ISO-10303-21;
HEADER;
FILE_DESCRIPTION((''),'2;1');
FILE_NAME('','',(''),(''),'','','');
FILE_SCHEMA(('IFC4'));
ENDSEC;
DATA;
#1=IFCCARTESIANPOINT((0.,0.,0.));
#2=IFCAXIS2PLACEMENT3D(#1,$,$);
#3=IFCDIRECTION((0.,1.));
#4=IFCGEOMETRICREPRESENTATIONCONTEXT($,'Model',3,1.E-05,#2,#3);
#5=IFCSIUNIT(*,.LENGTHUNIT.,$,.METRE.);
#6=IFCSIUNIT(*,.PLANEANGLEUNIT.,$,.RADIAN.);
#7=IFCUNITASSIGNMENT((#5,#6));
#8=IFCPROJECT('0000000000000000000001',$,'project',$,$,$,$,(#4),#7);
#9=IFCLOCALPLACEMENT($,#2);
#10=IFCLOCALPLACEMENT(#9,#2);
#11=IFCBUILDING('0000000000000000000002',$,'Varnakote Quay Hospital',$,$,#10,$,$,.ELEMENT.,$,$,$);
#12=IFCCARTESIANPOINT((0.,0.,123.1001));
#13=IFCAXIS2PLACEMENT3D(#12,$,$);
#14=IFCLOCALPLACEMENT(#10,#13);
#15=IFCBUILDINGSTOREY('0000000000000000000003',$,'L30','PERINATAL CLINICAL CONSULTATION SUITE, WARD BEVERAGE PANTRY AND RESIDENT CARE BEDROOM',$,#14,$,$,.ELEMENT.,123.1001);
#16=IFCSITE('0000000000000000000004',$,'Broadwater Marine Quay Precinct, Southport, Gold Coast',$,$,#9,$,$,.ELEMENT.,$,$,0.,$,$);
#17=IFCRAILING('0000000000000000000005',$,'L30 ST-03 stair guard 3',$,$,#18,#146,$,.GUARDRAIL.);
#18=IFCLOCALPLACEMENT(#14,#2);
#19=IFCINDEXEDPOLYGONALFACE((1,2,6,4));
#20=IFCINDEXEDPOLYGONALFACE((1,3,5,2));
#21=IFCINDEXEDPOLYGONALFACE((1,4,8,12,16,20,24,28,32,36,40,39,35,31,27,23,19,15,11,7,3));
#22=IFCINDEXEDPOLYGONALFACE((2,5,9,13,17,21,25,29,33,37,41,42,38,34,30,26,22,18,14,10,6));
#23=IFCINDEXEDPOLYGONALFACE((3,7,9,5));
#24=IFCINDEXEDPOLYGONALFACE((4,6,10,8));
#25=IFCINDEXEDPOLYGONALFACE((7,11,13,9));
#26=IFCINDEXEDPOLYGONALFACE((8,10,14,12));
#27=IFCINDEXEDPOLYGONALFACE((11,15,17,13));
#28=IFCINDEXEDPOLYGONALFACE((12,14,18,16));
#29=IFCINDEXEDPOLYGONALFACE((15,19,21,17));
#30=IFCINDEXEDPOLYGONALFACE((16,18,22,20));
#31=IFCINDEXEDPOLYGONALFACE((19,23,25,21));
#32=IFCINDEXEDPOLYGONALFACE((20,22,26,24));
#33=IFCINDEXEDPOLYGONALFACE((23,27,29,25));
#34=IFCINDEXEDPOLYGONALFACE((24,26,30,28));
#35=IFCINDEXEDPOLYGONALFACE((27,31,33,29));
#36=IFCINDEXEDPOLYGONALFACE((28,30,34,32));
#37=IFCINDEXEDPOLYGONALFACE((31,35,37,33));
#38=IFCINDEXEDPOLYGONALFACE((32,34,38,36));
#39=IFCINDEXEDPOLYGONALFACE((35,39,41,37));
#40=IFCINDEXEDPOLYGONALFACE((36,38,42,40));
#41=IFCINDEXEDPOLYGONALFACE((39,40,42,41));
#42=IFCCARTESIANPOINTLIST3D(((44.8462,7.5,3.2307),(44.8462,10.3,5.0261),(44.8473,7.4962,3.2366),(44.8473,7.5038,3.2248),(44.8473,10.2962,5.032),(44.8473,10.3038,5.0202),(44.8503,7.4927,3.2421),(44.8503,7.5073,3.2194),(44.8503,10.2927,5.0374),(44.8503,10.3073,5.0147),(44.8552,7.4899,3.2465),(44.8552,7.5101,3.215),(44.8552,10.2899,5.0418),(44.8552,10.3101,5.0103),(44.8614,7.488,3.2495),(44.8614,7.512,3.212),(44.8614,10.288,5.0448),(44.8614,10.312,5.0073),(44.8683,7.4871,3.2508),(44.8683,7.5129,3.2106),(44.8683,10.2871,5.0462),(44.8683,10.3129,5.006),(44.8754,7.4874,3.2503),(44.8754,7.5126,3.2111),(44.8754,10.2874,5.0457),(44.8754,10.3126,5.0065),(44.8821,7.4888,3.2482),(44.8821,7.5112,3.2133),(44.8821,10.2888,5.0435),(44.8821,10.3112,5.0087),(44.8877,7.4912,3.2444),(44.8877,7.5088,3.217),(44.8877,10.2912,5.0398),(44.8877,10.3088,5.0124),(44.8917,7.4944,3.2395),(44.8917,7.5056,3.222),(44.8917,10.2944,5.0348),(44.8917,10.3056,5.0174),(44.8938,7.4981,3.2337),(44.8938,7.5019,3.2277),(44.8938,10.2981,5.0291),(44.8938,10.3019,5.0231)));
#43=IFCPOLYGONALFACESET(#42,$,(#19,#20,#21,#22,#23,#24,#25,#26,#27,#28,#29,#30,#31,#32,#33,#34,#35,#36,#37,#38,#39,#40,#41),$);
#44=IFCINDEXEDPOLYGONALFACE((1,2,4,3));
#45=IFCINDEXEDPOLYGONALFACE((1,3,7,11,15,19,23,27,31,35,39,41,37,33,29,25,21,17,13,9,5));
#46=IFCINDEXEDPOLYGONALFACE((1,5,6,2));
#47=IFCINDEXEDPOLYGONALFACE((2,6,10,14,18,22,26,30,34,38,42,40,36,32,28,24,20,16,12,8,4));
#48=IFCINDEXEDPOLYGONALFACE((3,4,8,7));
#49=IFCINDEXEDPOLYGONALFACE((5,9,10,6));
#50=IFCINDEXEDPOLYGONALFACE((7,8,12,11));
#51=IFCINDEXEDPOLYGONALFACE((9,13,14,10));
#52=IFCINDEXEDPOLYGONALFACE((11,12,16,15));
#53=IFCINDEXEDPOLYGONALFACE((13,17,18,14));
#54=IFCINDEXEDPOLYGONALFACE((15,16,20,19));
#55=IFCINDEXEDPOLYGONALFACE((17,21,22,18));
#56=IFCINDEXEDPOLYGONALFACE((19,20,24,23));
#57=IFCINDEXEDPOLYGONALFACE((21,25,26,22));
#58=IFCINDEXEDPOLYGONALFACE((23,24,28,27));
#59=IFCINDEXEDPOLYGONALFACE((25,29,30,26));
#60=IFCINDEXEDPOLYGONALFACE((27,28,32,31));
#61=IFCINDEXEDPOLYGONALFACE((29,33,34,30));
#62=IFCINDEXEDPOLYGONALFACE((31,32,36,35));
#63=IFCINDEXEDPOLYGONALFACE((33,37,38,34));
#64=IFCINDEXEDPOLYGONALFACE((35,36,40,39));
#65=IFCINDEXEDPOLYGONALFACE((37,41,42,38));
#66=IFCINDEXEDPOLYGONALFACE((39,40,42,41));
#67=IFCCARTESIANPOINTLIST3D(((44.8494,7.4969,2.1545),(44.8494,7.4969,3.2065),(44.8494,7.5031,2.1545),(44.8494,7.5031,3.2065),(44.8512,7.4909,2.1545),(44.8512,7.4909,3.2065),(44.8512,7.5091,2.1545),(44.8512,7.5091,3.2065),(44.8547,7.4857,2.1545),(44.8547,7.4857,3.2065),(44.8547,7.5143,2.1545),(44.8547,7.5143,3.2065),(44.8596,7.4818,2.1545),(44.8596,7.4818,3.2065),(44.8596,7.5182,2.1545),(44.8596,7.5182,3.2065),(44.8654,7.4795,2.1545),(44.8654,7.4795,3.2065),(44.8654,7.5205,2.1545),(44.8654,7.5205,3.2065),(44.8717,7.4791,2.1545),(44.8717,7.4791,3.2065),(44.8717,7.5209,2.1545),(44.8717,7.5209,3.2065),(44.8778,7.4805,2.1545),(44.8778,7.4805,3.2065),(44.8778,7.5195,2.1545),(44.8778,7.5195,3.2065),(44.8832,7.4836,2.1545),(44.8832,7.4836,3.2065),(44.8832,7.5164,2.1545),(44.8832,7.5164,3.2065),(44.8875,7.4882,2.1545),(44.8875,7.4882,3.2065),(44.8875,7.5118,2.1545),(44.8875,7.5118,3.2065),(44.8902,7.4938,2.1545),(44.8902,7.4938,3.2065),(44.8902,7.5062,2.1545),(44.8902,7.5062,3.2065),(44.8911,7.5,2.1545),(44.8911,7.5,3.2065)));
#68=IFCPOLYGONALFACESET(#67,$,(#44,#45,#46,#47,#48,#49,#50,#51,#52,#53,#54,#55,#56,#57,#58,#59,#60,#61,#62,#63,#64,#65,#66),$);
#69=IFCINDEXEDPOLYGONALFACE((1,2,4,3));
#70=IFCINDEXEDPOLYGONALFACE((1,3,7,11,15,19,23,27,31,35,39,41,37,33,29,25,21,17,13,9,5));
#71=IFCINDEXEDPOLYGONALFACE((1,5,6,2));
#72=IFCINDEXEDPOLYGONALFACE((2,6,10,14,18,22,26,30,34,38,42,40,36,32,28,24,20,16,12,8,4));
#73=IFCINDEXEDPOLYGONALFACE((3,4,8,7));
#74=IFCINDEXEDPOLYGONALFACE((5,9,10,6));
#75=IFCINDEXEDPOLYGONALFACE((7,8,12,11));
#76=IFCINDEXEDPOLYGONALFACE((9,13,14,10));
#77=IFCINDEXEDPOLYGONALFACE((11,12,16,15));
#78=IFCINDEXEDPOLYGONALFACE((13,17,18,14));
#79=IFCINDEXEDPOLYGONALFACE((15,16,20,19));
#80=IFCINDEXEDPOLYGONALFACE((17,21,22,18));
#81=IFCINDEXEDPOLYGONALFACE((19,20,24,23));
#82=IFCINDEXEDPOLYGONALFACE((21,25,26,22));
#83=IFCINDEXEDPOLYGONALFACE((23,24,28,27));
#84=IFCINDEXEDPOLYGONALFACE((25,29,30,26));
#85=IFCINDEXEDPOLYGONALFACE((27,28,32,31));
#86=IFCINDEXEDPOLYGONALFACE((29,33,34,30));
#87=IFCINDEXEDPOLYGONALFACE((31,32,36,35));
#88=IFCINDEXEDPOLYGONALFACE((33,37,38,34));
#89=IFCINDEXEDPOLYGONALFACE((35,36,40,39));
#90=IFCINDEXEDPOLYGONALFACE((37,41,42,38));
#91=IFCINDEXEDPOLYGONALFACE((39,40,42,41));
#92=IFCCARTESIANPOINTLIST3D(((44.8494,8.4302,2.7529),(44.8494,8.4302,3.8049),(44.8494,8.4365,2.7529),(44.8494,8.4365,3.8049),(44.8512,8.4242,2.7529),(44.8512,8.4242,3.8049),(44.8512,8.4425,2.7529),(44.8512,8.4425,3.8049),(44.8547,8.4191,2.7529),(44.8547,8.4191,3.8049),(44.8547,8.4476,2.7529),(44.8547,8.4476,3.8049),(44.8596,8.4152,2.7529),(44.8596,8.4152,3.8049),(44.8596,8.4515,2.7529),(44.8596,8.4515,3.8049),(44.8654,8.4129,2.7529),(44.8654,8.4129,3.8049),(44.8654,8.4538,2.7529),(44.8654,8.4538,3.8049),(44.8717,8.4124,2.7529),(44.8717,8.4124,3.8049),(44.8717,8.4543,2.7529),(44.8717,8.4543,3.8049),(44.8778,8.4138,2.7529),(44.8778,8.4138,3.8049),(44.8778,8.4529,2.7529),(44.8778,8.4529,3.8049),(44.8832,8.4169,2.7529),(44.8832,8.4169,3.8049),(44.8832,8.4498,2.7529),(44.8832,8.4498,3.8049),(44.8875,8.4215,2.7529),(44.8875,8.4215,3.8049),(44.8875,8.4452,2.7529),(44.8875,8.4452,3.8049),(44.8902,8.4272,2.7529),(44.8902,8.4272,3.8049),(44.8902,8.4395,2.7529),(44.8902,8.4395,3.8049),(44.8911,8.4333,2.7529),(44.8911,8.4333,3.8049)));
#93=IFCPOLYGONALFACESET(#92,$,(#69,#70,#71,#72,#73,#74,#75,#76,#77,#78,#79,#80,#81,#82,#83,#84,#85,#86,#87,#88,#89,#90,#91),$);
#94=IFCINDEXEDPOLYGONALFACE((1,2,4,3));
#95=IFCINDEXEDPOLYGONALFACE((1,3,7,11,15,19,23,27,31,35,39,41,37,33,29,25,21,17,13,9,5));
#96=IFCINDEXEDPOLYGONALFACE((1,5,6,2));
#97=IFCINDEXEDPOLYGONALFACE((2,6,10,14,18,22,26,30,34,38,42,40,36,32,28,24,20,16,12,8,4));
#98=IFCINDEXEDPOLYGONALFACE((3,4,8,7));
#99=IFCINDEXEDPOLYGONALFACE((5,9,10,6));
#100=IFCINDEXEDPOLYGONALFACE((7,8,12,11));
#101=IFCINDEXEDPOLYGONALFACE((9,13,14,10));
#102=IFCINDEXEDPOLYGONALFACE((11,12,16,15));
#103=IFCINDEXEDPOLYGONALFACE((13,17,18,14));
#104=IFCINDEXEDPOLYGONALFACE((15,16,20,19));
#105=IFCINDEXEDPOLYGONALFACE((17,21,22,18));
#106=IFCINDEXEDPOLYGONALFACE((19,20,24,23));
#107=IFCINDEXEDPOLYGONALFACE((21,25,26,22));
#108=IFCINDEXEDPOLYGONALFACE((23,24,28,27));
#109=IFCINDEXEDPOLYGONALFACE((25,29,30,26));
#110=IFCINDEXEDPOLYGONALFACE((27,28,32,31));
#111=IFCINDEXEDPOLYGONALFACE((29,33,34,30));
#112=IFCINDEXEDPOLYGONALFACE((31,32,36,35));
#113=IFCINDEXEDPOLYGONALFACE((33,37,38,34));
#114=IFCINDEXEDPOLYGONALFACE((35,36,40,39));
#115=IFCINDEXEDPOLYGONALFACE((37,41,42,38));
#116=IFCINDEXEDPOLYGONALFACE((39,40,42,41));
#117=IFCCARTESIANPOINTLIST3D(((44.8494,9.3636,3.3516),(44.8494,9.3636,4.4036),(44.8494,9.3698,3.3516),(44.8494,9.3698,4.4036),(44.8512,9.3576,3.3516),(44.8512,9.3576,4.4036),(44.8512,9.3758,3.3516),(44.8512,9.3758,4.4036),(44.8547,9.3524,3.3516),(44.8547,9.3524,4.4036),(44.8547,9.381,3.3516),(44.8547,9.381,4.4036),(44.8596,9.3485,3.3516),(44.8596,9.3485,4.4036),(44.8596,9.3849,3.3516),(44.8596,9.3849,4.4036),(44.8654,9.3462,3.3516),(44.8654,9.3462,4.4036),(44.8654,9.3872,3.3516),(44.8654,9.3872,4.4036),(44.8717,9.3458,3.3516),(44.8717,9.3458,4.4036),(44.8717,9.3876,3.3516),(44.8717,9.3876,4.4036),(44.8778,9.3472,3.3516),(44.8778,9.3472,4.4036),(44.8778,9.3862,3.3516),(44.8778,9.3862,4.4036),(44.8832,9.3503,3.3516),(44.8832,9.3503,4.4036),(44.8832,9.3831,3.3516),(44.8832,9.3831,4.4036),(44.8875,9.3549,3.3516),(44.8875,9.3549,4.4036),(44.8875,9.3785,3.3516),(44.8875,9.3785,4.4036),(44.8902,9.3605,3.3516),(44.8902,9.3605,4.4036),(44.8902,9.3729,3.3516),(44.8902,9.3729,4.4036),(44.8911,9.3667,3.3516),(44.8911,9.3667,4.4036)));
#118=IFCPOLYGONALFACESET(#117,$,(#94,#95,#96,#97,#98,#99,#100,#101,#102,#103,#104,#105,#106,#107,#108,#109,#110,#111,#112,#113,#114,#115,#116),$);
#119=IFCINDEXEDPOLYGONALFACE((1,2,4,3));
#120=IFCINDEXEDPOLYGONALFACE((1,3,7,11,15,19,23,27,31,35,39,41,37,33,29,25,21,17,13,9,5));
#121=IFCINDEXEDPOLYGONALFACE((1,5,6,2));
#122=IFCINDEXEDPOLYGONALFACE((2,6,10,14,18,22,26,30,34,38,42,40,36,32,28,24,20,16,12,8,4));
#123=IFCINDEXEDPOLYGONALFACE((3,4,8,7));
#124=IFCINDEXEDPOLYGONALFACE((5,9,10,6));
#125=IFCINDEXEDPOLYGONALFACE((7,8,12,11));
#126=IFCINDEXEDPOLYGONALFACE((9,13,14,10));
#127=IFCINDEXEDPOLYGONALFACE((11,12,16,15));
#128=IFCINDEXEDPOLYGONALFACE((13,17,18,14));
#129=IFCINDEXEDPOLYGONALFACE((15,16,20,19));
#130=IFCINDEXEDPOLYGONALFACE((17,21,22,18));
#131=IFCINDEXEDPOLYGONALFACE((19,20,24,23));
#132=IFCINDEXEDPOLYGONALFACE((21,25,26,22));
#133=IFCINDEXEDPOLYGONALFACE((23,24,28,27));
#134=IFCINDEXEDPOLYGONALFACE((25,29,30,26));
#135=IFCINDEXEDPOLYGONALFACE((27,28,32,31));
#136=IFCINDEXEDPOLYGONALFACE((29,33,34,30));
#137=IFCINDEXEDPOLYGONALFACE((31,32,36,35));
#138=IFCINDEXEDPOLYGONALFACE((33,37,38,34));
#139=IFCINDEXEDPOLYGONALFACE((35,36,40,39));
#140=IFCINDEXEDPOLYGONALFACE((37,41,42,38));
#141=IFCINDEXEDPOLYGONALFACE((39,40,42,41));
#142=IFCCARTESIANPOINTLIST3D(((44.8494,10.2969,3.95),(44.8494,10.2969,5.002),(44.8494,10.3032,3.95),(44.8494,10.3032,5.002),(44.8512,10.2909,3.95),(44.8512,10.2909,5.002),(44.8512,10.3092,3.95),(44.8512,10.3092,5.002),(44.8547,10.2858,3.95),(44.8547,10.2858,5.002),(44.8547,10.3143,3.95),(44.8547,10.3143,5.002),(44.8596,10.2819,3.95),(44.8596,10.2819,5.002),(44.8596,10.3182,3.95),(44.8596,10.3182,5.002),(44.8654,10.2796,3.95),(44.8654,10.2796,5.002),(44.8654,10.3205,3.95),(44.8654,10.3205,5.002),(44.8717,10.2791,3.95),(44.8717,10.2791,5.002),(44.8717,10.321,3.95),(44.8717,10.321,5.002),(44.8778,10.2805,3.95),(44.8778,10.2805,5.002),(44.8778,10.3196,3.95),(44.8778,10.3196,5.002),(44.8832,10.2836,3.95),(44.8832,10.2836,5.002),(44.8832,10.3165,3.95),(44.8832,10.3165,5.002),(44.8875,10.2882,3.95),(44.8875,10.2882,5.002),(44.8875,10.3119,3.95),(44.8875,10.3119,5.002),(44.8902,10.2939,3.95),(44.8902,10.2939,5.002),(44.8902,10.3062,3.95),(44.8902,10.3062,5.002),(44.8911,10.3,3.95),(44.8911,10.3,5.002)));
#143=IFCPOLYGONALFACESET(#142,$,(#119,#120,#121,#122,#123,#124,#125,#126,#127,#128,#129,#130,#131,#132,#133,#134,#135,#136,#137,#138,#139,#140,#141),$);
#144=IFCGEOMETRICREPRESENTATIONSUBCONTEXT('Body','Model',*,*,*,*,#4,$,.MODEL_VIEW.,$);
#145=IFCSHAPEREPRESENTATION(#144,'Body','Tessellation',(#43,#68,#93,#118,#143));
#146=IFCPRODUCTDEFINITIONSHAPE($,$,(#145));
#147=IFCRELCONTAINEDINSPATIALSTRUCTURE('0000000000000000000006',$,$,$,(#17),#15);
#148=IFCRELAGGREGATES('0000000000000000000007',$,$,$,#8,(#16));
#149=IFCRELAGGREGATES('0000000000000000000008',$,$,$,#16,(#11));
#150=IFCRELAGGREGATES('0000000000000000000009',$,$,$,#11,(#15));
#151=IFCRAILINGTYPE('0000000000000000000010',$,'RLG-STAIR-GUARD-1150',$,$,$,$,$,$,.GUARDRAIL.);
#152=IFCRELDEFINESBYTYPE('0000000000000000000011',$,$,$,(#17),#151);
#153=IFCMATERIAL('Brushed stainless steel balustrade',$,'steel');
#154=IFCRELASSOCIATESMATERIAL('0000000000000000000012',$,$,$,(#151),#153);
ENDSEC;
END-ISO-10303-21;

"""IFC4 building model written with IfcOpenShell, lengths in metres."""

from ifc_helpers import new_model, si_unit, direction, frame, origin, origin_2d, place, context, subcontext, project, spatial, circle, extrude, material, type_object, element, save


model = new_model("IFC4")

# Units and contexts
model_context = context("Model", 3, precision=1e-05, world=origin(), true_north=direction((0.0, 1.0)))
body_context = subcontext(model_context, "Body", "Model", "MODEL_VIEW")
ifc_project = project(units=[si_unit("LENGTHUNIT", "METRE"), si_unit("PLANEANGLEUNIT", "RADIAN")], contexts=[model_context])

# Site, building, storey
site_placement = place(None, origin())
site = spatial("IfcSite", under=ifc_project, at=site_placement, Name="Broadwater Marine Quay Precinct, Southport, Gold Coast", CompositionType="ELEMENT", RefElevation=0.0)
building_placement = place(site_placement, origin())
building = spatial("IfcBuilding", under=site, at=building_placement, Name="Varnakote Quay Hospital", CompositionType="ELEMENT")
storey_placement = place(building_placement, frame((0.0, 0.0, 123.1001)))
storey = spatial("IfcBuildingStorey", under=building, at=storey_placement, Name="L30", Description="PERINATAL CLINICAL CONSULTATION SUITE, WARD BEVERAGE PANTRY AND RESIDENT CARE BEDROOM", CompositionType="ELEMENT", Elevation=123.1001)

# Railing
ifc_material_1 = material(Name="Brushed stainless steel balustrade", Category="steel")
railing_type_1 = type_object("IfcRailingType", Name="RLG-STAIR-GUARD-1150", PredefinedType="GUARDRAIL", material=ifc_material_1)
railing_1_placement = place(storey_placement, frame((44.8701, 7.5, 2.1545)))
element("IfcRailing", 1, at=railing_1_placement, inside=storey, type_object=railing_type_1, Name="L30 ST-03 stair guard 3", PredefinedType="GUARDRAIL", context=body_context, shape_type="SweptSolid", body=[
    extrude(circle(Radius=0.0239, at=origin_2d()), frame((0.0, 0.0, 1.0762), z_axis=(0.0, 0.84181, 0.539774), x_axis=(-1.0, 0.0, 0.0)), (0.0, 0.0, 1.0), 3.3262),
    extrude(circle(Radius=0.021, at=origin_2d()), origin(), (0.0, 0.0, 1.0), 1.052),
    extrude(circle(Radius=0.021, at=origin_2d()), frame((0.0, 0.9333, 0.5984)), (0.0, 0.0, 1.0), 1.052),
    extrude(circle(Radius=0.021, at=origin_2d()), frame((0.0, 1.8667, 1.197)), (0.0, 0.0, 1.0), 1.052),
    extrude(circle(Radius=0.021, at=origin_2d()), frame((0.0, 2.8, 1.7954)), (0.0, 0.0, 1.0), 1.052),
])

save(model, "model.ifc")
